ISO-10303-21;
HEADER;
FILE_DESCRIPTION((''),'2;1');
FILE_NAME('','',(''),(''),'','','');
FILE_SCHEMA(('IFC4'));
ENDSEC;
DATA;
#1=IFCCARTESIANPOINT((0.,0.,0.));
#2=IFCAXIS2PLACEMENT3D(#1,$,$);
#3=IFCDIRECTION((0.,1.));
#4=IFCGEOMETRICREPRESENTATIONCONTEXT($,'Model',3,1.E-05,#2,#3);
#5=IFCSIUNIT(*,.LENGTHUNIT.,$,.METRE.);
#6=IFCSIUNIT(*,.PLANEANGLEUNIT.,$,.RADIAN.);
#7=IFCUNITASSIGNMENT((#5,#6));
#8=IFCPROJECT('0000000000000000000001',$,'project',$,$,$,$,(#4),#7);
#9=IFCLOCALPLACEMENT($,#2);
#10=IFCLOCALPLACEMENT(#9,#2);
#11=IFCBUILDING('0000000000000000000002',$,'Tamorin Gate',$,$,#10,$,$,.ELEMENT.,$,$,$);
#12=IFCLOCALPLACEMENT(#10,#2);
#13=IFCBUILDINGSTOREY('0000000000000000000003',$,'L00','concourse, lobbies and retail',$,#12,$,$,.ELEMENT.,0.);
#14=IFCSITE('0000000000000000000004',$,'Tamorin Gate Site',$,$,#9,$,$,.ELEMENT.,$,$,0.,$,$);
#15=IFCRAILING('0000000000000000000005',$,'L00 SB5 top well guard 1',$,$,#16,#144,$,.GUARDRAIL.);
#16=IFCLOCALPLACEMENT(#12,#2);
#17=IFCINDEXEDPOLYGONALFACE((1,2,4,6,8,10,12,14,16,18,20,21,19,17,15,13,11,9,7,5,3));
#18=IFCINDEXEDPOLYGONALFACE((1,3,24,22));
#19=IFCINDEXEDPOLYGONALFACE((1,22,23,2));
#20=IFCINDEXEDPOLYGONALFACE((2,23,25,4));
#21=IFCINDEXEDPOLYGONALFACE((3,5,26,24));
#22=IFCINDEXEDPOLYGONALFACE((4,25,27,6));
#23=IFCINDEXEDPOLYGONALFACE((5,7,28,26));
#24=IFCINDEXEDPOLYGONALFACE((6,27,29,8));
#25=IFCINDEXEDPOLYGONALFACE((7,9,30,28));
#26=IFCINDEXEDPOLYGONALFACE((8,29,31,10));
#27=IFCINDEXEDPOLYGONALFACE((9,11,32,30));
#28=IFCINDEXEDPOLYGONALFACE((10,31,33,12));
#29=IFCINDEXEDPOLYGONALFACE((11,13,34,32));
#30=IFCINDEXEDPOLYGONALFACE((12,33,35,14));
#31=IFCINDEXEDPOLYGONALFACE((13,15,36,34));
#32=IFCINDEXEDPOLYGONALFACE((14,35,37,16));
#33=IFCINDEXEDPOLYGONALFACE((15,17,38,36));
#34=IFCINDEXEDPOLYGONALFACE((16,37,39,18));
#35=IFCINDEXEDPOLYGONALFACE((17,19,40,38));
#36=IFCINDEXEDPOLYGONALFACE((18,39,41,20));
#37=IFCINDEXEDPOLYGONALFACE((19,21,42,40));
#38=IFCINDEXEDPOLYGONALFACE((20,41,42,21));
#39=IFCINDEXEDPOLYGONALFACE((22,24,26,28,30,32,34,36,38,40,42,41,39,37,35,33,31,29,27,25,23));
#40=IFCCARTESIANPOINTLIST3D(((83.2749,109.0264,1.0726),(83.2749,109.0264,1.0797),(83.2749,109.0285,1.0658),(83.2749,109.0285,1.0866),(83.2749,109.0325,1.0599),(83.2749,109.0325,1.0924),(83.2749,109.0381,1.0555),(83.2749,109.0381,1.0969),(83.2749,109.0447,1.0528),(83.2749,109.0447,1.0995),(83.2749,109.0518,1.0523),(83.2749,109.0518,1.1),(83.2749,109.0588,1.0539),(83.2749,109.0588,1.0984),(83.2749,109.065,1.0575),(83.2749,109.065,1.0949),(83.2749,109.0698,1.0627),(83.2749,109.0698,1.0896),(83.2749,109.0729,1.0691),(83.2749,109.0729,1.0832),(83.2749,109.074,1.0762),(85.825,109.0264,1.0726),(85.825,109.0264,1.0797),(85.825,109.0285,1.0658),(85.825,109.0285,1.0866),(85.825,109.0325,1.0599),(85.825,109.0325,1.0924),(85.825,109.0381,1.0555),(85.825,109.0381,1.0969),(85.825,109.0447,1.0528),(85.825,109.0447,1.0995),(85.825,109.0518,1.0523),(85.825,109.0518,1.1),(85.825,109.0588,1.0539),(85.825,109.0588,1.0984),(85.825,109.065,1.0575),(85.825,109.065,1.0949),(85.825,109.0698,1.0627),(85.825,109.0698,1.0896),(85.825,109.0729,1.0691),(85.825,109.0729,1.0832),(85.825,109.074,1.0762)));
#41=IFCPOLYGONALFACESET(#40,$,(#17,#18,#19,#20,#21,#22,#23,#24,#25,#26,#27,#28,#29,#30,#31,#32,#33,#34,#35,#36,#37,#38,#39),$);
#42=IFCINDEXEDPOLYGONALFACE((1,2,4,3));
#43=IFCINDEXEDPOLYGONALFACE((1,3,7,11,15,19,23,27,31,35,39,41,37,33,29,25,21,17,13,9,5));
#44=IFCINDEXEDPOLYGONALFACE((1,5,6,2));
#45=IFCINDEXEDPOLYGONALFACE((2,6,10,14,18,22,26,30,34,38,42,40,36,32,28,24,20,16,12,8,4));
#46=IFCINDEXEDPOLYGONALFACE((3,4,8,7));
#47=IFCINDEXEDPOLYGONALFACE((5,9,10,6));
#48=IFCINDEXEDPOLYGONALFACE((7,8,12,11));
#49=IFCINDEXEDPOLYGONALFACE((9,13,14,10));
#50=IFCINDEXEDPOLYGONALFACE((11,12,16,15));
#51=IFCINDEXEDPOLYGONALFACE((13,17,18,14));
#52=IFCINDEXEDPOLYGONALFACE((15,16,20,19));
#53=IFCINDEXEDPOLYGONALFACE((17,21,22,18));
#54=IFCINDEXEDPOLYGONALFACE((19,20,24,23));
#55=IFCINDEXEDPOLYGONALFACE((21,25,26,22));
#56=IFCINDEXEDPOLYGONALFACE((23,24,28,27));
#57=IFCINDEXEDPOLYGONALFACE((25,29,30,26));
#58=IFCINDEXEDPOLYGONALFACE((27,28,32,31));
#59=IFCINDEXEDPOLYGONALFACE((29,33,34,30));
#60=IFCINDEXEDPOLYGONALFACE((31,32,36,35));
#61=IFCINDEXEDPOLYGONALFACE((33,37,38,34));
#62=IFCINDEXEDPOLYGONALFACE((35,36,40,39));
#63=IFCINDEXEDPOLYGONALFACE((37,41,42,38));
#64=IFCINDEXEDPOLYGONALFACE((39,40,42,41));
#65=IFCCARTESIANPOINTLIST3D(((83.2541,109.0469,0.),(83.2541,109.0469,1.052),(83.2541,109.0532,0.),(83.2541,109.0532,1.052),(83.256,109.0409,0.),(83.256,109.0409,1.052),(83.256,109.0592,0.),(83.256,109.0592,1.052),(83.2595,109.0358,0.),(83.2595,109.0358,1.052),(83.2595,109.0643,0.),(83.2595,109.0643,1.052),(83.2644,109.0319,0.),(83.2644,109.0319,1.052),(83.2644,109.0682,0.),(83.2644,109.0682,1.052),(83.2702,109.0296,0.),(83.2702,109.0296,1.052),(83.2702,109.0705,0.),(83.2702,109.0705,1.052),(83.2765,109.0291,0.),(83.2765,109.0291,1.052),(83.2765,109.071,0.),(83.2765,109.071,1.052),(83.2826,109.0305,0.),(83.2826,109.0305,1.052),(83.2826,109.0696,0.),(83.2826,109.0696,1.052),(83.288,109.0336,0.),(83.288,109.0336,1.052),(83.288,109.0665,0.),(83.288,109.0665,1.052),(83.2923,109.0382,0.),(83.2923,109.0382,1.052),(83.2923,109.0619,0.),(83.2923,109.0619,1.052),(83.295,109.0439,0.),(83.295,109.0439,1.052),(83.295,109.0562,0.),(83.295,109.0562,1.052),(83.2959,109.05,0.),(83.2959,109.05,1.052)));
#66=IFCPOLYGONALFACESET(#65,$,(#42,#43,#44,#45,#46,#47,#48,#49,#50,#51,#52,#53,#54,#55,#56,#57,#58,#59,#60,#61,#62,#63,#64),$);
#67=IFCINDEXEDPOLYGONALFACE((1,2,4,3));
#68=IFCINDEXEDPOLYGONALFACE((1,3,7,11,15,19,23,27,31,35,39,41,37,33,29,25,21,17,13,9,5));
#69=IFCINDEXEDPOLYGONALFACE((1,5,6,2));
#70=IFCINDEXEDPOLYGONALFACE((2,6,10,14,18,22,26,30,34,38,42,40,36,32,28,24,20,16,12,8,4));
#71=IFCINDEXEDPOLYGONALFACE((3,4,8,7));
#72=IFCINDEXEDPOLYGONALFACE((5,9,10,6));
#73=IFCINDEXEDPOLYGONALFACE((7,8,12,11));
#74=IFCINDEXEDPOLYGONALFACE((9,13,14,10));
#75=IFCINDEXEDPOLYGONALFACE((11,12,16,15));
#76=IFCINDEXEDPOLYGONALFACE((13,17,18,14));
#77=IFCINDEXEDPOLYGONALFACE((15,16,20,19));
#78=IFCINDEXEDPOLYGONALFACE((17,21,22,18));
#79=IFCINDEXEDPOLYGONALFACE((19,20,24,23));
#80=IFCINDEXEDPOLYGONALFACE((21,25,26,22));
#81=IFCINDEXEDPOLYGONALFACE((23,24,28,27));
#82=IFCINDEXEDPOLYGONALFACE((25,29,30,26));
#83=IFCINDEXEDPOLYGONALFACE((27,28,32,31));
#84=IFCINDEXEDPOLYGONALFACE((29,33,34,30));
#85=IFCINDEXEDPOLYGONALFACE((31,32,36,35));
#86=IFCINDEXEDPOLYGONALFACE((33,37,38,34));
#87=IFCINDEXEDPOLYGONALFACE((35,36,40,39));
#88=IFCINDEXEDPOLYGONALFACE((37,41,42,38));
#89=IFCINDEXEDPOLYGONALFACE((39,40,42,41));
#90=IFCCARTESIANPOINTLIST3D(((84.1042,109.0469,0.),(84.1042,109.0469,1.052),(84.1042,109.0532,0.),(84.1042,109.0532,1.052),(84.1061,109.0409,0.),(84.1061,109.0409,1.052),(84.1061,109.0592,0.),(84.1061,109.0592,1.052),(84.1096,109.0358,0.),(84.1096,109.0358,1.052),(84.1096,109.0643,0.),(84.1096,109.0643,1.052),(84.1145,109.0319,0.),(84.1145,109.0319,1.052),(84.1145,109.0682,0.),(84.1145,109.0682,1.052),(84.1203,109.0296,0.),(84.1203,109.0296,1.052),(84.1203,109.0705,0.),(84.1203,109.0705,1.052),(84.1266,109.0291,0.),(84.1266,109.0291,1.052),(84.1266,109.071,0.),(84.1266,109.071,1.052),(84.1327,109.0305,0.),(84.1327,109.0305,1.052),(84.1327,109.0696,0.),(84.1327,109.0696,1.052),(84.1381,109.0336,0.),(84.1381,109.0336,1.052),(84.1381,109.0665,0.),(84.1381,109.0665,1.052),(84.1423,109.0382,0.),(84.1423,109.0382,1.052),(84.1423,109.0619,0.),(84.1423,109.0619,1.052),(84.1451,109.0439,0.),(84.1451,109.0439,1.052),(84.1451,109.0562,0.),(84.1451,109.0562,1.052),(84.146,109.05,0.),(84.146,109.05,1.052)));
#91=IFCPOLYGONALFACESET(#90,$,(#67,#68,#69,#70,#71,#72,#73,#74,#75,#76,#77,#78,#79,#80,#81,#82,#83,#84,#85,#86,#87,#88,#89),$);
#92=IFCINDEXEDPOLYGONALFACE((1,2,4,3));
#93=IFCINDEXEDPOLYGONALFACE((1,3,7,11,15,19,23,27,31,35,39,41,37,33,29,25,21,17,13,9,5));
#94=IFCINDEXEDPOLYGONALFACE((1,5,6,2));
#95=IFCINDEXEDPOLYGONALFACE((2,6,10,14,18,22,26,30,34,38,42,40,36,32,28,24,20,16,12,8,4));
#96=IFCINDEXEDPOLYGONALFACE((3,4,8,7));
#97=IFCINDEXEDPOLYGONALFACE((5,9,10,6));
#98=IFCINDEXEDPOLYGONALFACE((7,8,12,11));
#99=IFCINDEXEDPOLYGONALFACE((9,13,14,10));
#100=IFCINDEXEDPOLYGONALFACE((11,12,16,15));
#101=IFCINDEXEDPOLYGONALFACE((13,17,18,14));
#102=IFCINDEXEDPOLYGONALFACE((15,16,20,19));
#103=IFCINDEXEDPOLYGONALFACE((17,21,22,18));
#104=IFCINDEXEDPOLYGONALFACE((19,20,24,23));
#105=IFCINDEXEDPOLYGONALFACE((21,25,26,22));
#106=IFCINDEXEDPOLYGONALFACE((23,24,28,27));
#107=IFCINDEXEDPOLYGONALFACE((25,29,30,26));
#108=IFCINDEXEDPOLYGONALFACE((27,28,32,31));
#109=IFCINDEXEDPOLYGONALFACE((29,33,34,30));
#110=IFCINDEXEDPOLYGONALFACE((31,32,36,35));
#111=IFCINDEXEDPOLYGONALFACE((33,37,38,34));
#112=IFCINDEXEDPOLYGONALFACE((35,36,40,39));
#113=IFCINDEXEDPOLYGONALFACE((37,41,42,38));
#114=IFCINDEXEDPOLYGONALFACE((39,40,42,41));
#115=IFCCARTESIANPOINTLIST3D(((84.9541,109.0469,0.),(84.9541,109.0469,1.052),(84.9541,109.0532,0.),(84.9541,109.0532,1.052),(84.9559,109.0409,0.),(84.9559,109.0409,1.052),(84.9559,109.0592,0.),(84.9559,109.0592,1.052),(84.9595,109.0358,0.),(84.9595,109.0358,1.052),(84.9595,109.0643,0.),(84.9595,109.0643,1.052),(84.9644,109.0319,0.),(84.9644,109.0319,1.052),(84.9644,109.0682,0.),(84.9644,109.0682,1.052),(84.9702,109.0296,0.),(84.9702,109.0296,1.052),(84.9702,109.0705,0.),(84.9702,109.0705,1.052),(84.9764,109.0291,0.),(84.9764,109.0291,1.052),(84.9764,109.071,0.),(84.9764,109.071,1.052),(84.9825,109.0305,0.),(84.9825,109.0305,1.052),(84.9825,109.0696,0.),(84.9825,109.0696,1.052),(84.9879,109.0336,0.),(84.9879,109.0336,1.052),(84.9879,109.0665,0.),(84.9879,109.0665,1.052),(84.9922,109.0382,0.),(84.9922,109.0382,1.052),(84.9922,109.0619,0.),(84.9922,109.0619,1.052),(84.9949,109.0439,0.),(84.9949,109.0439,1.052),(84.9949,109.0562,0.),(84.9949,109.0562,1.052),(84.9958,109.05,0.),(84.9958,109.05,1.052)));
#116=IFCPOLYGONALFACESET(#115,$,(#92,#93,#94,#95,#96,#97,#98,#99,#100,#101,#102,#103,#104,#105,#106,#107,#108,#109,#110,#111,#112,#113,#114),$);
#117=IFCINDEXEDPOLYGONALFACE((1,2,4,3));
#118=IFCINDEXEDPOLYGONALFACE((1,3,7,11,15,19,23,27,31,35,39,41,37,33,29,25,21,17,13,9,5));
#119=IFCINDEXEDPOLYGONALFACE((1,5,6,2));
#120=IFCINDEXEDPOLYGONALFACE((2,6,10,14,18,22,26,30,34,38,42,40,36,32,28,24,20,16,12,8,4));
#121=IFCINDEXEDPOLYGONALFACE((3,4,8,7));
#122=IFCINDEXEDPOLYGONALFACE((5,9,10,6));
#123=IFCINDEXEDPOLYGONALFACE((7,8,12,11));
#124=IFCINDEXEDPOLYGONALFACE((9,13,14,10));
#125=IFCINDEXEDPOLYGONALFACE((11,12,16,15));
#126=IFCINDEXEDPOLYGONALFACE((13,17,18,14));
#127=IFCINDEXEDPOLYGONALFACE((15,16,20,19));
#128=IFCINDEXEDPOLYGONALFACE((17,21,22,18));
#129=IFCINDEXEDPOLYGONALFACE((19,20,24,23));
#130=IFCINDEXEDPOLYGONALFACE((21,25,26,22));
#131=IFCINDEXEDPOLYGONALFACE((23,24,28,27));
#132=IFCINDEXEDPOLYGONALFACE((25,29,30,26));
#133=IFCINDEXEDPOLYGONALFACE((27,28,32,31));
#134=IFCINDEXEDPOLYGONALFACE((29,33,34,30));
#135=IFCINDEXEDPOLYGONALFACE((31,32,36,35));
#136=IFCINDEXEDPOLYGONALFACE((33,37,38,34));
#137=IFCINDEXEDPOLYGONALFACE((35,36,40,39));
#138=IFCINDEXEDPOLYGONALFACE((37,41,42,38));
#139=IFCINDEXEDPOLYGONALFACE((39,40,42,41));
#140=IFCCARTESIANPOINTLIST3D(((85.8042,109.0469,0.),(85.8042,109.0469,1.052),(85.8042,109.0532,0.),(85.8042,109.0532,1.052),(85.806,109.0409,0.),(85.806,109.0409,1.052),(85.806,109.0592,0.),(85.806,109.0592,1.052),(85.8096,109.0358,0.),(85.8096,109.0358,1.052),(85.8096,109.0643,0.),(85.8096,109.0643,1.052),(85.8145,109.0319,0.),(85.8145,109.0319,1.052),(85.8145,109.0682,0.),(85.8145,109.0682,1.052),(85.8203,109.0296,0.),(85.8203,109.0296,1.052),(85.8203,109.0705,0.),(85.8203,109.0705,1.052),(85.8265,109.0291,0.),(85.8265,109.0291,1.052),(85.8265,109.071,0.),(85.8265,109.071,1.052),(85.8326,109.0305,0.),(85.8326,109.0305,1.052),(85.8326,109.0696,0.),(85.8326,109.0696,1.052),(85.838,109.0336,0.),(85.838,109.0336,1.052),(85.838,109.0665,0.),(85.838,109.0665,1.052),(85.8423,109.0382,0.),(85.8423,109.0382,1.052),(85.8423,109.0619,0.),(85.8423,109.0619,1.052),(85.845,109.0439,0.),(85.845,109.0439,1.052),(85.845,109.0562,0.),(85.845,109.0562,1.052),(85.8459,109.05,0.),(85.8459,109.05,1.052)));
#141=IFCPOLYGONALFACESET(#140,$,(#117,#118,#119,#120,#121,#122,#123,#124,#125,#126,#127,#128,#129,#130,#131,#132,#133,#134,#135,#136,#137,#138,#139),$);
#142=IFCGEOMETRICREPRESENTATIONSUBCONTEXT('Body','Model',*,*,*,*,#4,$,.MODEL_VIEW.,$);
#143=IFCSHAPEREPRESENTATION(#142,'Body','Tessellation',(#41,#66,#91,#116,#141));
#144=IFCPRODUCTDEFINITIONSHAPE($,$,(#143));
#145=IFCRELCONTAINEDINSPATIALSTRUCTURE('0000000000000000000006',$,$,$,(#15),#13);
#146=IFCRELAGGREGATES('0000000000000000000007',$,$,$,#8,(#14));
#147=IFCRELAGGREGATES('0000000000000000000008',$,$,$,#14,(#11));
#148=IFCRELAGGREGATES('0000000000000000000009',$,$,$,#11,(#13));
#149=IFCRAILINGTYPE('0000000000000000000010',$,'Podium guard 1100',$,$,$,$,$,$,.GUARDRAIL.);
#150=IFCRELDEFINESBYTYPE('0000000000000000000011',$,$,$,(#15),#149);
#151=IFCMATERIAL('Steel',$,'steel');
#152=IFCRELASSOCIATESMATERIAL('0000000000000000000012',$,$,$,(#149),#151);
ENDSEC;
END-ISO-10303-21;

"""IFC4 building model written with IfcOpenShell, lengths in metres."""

from ifc_helpers import new_model, si_unit, direction, frame, origin, origin_2d, place, context, subcontext, project, spatial, circle, extrude, material, type_object, element, save


model = new_model("IFC4")

# Units and contexts
model_context = context("Model", 3, precision=1e-05, world=origin(), true_north=direction((0.0, 1.0)))
body_context = subcontext(model_context, "Body", "Model", "MODEL_VIEW")
ifc_project = project(units=[si_unit("LENGTHUNIT", "METRE"), si_unit("PLANEANGLEUNIT", "RADIAN")], contexts=[model_context])

# Site, building, storey
site_placement = place(None, origin())
site = spatial("IfcSite", under=ifc_project, at=site_placement, Name="Tamorin Gate Site", CompositionType="ELEMENT", RefElevation=0.0)
building_placement = place(site_placement, origin())
building = spatial("IfcBuilding", under=site, at=building_placement, Name="Tamorin Gate", CompositionType="ELEMENT")
storey_placement = place(building_placement, origin())
storey = spatial("IfcBuildingStorey", under=building, at=storey_placement, Name="L00", Description="concourse, lobbies and retail", CompositionType="ELEMENT", Elevation=0.0)

# Railing
ifc_material_1 = material(Name="Steel", Category="steel")
railing_type = type_object("IfcRailingType", Name="Podium guard 1100", PredefinedType="GUARDRAIL", material=ifc_material_1)
railing_1_placement = place(storey_placement, frame((83.2749, 109.05, 0.0)))
element("IfcRailing", 1, at=railing_1_placement, inside=storey, type_object=railing_type, Name="L00 SB5 top well guard 1", PredefinedType="GUARDRAIL", context=body_context, shape_type="SweptSolid", body=[
    extrude(circle(Radius=0.0239, at=origin_2d()), frame((0.0, 0.0, 1.0762), z_axis=(1.0, 0.0, 0.0), x_axis=(0.0, 1.0, 0.0)), (0.0, 0.0, 1.0), 2.55),
    extrude(circle(Radius=0.021, at=origin_2d()), origin(), (0.0, 0.0, 1.0), 1.052),
    extrude(circle(Radius=0.021, at=origin_2d()), frame((0.8501, 0.0, 0.0)), (0.0, 0.0, 1.0), 1.052),
    extrude(circle(Radius=0.021, at=origin_2d()), frame((1.7, 0.0, 0.0)), (0.0, 0.0, 1.0), 1.052),
    extrude(circle(Radius=0.021, at=origin_2d()), frame((2.55, 0.0, 0.0)), (0.0, 0.0, 1.0), 1.052),
])

save(model, "model.ifc")
